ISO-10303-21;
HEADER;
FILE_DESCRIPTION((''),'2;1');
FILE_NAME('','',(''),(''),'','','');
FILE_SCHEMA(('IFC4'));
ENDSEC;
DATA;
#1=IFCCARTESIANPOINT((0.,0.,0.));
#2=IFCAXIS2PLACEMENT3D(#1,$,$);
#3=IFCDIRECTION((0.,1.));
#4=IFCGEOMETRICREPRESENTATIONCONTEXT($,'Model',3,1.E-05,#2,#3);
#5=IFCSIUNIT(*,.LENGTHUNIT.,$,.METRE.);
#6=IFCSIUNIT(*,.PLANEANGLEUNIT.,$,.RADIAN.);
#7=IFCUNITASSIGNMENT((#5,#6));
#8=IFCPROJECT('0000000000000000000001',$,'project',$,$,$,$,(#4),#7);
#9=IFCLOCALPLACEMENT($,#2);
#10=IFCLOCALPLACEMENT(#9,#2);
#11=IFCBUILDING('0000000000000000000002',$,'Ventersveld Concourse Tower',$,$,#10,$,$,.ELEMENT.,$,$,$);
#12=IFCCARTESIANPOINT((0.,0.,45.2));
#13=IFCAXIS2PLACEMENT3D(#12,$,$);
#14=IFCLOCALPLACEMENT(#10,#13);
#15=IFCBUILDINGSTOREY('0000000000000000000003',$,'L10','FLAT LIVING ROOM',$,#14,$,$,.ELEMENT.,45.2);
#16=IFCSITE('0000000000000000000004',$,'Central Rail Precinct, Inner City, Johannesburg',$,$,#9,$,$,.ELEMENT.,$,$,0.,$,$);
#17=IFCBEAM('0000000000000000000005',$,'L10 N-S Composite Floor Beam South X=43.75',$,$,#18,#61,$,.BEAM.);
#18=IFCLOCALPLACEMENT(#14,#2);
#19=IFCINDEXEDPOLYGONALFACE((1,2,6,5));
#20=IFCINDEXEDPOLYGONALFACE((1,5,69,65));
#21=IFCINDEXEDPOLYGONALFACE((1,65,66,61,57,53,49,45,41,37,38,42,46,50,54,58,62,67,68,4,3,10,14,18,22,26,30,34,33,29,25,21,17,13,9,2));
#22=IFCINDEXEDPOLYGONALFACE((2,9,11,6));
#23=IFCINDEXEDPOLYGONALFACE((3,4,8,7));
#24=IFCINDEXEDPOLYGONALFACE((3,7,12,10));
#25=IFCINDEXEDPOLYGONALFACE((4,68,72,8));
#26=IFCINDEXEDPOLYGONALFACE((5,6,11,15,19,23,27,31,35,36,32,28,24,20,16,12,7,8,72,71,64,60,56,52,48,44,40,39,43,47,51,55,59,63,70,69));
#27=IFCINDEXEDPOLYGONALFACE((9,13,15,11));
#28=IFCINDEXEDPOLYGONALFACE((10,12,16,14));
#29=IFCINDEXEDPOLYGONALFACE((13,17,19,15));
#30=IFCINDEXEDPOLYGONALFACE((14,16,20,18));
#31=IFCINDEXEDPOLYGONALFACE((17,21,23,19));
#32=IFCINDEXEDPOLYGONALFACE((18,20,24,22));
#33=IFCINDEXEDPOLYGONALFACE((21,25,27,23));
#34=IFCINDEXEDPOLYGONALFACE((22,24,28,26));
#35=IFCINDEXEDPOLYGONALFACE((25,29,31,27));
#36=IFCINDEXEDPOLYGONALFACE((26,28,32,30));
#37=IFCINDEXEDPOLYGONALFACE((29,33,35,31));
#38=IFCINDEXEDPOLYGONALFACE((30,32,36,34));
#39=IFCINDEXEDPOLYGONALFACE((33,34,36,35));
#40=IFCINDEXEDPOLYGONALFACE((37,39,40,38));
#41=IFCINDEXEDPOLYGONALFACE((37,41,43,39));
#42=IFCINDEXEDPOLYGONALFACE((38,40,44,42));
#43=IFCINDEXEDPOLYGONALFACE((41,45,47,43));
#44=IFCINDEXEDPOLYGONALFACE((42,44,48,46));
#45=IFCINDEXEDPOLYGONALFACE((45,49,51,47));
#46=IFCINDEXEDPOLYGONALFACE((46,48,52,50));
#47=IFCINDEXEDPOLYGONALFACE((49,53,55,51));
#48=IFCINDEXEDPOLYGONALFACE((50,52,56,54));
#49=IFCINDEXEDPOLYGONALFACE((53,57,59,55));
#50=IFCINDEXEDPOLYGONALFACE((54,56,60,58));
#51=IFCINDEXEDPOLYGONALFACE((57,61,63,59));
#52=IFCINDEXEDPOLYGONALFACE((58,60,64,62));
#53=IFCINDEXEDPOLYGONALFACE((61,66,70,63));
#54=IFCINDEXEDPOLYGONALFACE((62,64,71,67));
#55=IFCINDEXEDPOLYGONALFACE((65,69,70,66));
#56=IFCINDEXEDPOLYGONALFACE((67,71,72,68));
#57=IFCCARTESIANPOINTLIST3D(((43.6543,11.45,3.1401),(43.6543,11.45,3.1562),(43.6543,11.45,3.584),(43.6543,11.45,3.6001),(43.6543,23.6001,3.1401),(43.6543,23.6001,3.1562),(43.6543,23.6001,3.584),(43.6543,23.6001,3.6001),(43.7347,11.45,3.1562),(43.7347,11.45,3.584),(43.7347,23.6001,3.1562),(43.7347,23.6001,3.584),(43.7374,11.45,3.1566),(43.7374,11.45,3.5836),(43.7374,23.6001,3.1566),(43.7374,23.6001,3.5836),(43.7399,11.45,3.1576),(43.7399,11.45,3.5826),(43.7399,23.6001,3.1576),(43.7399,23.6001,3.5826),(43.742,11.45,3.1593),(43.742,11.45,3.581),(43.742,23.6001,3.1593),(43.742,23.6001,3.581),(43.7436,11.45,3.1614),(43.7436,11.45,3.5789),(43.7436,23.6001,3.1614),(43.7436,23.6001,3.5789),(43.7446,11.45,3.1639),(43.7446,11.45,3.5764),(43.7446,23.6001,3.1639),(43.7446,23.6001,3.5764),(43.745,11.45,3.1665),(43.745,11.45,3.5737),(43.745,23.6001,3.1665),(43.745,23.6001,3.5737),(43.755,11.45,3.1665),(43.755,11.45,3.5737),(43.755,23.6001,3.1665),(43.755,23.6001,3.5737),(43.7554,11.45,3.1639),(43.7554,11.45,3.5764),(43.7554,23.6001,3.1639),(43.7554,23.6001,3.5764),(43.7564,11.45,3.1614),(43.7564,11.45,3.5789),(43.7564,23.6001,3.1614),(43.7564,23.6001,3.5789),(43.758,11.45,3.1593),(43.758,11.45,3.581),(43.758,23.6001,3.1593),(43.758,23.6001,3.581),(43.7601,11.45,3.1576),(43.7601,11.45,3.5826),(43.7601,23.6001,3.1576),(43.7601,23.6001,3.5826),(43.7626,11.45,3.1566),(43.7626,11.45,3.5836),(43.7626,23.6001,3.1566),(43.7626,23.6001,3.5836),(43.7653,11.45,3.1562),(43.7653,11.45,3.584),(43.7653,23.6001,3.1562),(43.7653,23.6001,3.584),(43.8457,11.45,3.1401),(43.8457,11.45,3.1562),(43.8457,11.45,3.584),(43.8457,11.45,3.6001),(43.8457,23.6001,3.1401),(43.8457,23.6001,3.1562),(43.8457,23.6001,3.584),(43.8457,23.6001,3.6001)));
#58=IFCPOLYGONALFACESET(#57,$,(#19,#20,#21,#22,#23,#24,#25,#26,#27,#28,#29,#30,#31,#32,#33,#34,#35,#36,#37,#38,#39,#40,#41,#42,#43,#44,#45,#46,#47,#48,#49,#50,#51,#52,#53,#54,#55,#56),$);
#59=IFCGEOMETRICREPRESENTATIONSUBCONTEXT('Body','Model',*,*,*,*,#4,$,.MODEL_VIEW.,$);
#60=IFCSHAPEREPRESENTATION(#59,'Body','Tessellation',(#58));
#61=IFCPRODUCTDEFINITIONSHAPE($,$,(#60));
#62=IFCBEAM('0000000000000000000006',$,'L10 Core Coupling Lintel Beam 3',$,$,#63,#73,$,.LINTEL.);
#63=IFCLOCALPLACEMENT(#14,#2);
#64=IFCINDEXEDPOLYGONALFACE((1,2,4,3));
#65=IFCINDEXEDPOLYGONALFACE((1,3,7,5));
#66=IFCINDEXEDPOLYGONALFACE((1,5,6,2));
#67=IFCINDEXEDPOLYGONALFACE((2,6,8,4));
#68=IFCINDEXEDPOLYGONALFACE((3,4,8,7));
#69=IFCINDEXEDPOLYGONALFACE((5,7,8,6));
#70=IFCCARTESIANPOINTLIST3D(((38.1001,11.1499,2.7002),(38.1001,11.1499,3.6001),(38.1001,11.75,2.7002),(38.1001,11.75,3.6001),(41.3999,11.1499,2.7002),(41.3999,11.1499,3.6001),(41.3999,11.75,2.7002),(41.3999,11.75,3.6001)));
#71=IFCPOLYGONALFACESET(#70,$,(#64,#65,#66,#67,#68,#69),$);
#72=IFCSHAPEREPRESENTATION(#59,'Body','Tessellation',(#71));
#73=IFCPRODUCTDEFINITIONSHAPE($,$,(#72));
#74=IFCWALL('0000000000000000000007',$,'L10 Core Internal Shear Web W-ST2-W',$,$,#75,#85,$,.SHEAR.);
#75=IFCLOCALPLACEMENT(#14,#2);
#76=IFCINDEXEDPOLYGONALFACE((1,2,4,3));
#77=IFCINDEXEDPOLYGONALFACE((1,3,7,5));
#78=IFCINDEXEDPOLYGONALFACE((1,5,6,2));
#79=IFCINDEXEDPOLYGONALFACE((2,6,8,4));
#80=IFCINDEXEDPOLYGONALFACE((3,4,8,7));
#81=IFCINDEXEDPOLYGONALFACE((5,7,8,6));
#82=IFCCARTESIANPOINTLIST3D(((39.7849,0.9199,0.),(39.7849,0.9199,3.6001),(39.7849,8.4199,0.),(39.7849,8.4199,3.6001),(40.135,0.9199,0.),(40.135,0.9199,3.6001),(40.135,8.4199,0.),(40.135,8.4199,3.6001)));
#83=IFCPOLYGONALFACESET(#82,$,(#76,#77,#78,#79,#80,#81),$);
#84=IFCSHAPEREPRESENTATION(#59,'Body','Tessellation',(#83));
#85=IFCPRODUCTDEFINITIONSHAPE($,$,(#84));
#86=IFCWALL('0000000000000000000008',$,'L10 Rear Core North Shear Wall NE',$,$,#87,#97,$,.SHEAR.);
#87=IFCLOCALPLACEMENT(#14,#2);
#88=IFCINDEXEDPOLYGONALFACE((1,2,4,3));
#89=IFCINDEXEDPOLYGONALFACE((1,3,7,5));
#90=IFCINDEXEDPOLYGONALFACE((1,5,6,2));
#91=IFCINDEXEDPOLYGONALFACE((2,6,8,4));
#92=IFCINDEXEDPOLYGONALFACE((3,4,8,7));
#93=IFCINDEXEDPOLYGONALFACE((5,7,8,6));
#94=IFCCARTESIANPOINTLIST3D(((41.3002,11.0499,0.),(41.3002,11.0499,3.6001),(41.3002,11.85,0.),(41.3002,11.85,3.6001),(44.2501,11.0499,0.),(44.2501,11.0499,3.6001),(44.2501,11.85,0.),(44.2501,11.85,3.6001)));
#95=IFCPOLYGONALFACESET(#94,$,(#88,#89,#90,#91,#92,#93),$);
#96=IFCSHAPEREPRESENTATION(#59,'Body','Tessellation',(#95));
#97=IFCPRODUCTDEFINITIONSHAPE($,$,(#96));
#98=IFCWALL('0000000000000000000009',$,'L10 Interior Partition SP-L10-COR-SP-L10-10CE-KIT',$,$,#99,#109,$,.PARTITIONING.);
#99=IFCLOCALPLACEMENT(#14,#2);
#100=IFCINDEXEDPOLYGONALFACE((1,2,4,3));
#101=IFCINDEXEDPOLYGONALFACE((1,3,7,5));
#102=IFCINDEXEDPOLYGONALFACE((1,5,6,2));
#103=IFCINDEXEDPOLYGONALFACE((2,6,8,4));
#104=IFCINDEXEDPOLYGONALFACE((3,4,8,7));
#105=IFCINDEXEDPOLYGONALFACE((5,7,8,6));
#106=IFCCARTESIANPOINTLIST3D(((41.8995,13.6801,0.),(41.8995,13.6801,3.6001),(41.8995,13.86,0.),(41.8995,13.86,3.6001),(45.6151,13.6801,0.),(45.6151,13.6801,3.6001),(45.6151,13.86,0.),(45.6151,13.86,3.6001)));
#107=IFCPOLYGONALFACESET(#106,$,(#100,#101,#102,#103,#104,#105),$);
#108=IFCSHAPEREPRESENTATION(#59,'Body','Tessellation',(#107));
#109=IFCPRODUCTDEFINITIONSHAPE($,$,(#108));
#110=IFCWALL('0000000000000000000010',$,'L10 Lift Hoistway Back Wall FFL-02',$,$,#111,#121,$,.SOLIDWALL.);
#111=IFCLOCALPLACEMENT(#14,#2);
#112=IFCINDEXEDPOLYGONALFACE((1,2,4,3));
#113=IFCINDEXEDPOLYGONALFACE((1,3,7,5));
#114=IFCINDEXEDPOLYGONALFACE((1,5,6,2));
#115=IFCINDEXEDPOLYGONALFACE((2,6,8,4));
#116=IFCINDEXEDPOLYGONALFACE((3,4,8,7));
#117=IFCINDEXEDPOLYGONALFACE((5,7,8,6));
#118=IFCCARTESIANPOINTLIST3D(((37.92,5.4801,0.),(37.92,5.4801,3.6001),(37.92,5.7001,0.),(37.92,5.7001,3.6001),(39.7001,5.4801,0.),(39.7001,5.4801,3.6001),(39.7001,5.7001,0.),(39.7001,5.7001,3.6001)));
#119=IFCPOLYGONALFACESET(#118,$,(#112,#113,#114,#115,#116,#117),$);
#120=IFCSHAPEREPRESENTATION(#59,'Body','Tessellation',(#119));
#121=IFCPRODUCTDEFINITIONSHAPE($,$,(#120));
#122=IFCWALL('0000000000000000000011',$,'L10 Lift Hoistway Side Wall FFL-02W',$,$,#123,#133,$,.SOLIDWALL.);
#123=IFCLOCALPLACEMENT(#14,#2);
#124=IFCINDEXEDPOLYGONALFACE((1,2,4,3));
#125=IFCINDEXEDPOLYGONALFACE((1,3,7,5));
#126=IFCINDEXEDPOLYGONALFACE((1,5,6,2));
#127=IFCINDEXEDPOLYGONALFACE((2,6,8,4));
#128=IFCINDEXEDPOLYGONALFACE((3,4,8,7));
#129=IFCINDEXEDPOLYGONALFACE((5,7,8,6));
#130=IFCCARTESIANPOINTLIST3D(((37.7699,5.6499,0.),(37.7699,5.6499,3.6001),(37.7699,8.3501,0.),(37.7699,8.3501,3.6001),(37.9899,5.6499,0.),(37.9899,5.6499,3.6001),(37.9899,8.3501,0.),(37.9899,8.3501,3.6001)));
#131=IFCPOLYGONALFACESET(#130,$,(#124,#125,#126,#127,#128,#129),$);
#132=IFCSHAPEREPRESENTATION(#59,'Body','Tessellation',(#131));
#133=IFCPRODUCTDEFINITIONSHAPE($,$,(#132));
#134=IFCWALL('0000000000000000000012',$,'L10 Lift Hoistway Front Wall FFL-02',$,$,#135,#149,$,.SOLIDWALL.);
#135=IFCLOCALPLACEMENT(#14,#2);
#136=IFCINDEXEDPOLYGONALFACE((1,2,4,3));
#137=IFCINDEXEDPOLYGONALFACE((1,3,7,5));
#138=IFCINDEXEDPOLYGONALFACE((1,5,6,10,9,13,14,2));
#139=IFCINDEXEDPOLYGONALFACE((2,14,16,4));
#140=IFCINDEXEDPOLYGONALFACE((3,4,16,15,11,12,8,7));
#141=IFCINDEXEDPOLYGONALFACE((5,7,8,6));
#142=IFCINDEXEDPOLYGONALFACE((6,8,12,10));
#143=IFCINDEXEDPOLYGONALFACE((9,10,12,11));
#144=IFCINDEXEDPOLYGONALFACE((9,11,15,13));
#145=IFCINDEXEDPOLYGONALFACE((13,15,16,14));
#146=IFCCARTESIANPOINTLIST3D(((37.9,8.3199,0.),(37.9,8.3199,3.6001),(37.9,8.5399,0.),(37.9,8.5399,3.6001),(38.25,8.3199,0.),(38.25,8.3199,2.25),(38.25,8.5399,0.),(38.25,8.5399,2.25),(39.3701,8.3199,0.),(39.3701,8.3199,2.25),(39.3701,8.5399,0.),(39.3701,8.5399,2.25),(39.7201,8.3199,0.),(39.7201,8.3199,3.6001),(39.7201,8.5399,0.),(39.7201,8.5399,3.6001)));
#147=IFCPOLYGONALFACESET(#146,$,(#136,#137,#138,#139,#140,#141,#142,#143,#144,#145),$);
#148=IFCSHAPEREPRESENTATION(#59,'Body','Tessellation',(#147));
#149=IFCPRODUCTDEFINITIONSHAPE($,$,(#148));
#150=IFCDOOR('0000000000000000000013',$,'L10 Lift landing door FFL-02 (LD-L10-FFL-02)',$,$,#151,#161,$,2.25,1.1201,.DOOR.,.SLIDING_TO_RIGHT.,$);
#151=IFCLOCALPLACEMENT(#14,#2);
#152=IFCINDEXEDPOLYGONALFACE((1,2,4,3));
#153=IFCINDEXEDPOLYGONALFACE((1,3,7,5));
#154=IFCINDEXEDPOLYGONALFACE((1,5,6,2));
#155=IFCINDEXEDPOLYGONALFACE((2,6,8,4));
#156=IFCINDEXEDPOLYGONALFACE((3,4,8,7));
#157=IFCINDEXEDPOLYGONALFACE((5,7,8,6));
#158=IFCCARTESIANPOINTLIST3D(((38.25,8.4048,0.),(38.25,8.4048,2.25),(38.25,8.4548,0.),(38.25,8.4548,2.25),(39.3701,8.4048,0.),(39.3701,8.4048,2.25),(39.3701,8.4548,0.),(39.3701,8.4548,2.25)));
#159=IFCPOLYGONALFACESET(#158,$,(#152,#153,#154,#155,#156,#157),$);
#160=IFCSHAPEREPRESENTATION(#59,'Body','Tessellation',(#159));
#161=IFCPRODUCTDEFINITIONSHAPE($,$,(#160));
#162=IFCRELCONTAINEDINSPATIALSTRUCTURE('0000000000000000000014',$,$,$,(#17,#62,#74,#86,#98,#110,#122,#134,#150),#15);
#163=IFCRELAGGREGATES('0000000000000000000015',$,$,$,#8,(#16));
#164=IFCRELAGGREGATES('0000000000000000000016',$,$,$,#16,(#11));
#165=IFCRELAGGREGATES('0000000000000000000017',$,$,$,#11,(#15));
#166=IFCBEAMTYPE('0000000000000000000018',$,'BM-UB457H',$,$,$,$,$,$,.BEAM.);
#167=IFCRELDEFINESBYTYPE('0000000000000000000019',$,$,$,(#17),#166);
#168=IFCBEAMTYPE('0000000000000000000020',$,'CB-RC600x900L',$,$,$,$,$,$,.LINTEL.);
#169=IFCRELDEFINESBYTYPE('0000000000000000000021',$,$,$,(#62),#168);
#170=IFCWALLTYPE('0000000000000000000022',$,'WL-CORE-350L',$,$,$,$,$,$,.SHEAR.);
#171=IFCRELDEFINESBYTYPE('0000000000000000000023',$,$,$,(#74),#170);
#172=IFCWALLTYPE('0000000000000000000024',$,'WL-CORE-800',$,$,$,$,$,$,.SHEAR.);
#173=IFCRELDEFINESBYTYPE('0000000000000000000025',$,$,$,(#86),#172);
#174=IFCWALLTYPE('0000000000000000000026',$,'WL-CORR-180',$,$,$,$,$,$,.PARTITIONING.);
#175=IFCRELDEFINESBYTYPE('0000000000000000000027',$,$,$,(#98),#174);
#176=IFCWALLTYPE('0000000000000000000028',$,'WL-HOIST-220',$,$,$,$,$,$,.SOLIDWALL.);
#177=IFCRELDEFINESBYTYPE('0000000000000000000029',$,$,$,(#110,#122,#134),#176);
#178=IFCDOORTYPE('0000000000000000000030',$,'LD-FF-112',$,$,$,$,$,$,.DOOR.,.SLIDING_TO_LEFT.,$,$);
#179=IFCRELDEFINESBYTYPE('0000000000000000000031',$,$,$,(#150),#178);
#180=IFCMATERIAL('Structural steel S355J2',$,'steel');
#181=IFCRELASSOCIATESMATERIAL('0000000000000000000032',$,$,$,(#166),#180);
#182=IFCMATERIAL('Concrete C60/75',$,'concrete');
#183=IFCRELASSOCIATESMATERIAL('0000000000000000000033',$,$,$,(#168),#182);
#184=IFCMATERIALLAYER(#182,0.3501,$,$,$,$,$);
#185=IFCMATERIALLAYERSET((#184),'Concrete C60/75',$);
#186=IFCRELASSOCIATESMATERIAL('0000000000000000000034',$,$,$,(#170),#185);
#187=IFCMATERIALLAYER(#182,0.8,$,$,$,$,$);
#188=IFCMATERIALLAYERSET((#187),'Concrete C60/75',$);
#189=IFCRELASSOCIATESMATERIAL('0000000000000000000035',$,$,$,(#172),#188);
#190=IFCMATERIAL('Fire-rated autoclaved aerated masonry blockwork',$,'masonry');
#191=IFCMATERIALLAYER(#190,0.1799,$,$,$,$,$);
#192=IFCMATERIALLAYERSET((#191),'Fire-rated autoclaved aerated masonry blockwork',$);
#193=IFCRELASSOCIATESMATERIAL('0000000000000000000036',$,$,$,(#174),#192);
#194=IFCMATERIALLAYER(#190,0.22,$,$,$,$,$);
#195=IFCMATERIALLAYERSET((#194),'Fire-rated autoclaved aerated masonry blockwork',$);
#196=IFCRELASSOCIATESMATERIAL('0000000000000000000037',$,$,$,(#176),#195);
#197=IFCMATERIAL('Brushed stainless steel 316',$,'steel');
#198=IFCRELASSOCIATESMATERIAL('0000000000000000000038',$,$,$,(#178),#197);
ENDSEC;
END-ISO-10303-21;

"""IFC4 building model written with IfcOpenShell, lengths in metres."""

from ifc_helpers import new_model, si_unit, direction, frame, frame_2d, origin, origin_2d, place, context, subcontext, project, spatial, rectangle, i_section, extrude, material, layer, layer_set, material_profile, profile_set, type_object, element, fill, save


model = new_model("IFC4")

# Units and contexts
model_context = context("Model", 3, precision=1e-05, world=origin(), true_north=direction((0.0, 1.0)))
body_context = subcontext(model_context, "Body", "Model", "MODEL_VIEW")
ifc_project = project(units=[si_unit("LENGTHUNIT", "METRE"), si_unit("PLANEANGLEUNIT", "RADIAN")], contexts=[model_context])

# Site, building, storey
site_placement = place(None, origin())
site = spatial("IfcSite", under=ifc_project, at=site_placement, Name="Central Rail Precinct, Inner City, Johannesburg", CompositionType="ELEMENT", RefElevation=0.0)
building_placement = place(site_placement, origin())
building = spatial("IfcBuilding", under=site, at=building_placement, Name="Ventersveld Concourse Tower", CompositionType="ELEMENT")
storey_placement = place(building_placement, frame((0.0, 0.0, 45.2)))
storey = spatial("IfcBuildingStorey", under=building, at=storey_placement, Name="L10", Description="FLAT LIVING ROOM", CompositionType="ELEMENT", Elevation=45.2)

# Beams
ifc_material_1 = material(Name="Structural steel S355J2", Category="steel")
ifc_material_profile_1 = material_profile(ifc_material_1, i_section(OverallWidth=0.1914, OverallDepth=0.46, WebThickness=0.01, FlangeThickness=0.0161, FilletRadius=0.0103, at=origin_2d()), Name="UB 457x191x82")
ifc_profile_set_1 = profile_set([ifc_material_profile_1], Name="Structural steel S355J2")
beam_type_1 = type_object("IfcBeamType", Name="BM-UB457H", PredefinedType="BEAM", material=ifc_profile_set_1)
beam_1_placement = place(storey_placement, frame((43.75, 11.45, 3.3701), z_axis=(0.0, 1.0, 0.0), x_axis=(-1.0, 0.0, 0.0)))
element("IfcBeam", 1, at=beam_1_placement, inside=storey, type_object=beam_type_1, Name="L10 N-S Composite Floor Beam South X=43.75", PredefinedType="BEAM", context=body_context, shape_type="SweptSolid", body=[
    extrude(i_section(OverallWidth=0.1914, OverallDepth=0.46, WebThickness=0.01, FlangeThickness=0.0161, FilletRadius=0.0103, at=origin_2d()), origin(), (0.0, 0.0, 1.0), 12.1501),
])
ifc_material_2 = material(Name="Concrete C60/75", Category="concrete")
ifc_material_profile_2 = material_profile(ifc_material_2, rectangle(XDim=0.6001, YDim=0.8999, at=origin_2d()), Name="RC 600x900")
ifc_profile_set_2 = profile_set([ifc_material_profile_2], Name="Concrete C60/75")
beam_type_2 = type_object("IfcBeamType", Name="CB-RC600x900L", PredefinedType="LINTEL", material=ifc_profile_set_2)
beam_2_placement = place(storey_placement, frame((38.1001, 11.45, 3.1501), z_axis=(1.0, 0.0, 0.0), x_axis=(0.0, 1.0, 0.0)))
element("IfcBeam", 2, at=beam_2_placement, inside=storey, type_object=beam_type_2, Name="L10 Core Coupling Lintel Beam 3", PredefinedType="LINTEL", context=body_context, shape_type="SweptSolid", body=[
    extrude(rectangle(XDim=0.6001, YDim=0.8999, at=origin_2d()), origin(), (0.0, 0.0, 1.0), 3.2998),
])

# Walls
ifc_layer_1 = layer(ifc_material_2, 0.3501)
ifc_layer_set_1 = layer_set([ifc_layer_1], Name="Concrete C60/75")
wall_type_1 = type_object("IfcWallType", Name="WL-CORE-350L", PredefinedType="SHEAR", material=ifc_layer_set_1)
wall_1_placement = place(storey_placement, frame((39.96, 0.9199, 0.0), z_axis=(0.0, 0.0, 1.0), x_axis=(0.0, 1.0, 0.0)))
element("IfcWall", 3, at=wall_1_placement, inside=storey, type_object=wall_type_1, Name="L10 Core Internal Shear Web W-ST2-W", PredefinedType="SHEAR", context=body_context, shape_type="SweptSolid", body=[
    extrude(rectangle(XDim=7.5, YDim=0.3501, at=frame_2d((3.75, 0.0))), origin(), (0.0, 0.0, 1.0), 3.6001),
])
ifc_layer_2 = layer(ifc_material_2, 0.8)
ifc_layer_set_2 = layer_set([ifc_layer_2], Name="Concrete C60/75")
wall_type_2 = type_object("IfcWallType", Name="WL-CORE-800", PredefinedType="SHEAR", material=ifc_layer_set_2)
wall_2_placement = place(storey_placement, frame((41.3, 11.45, 0.0), z_axis=(0.0, 0.0, 1.0), x_axis=(1.0, 0.0, 0.0)))
element("IfcWall", 4, at=wall_2_placement, inside=storey, type_object=wall_type_2, Name="L10 Rear Core North Shear Wall NE", PredefinedType="SHEAR", context=body_context, shape_type="SweptSolid", body=[
    extrude(rectangle(XDim=2.95, YDim=0.8, at=frame_2d((1.4751, 0.0))), origin(), (0.0, 0.0, 1.0), 3.6001),
])
ifc_material_3 = material(Name="Fire-rated autoclaved aerated masonry blockwork", Category="masonry")
ifc_layer_3 = layer(ifc_material_3, 0.1799)
ifc_layer_set_3 = layer_set([ifc_layer_3], Name="Fire-rated autoclaved aerated masonry blockwork")
wall_type_3 = type_object("IfcWallType", Name="WL-CORR-180", PredefinedType="PARTITIONING", material=ifc_layer_set_3)
wall_3_placement = place(storey_placement, frame((41.8994, 13.77, 0.0), z_axis=(0.0, 0.0, 1.0), x_axis=(1.0, 0.0, 0.0)))
element("IfcWall", 5, at=wall_3_placement, inside=storey, type_object=wall_type_3, Name="L10 Interior Partition SP-L10-COR-SP-L10-10CE-KIT", PredefinedType="PARTITIONING", context=body_context, shape_type="SweptSolid", body=[
    extrude(rectangle(XDim=3.7156, YDim=0.1799, at=frame_2d((1.8579, 0.0))), origin(), (0.0, 0.0, 1.0), 3.6001),
])
ifc_layer_4 = layer(ifc_material_3, 0.22)
ifc_layer_set_4 = layer_set([ifc_layer_4], Name="Fire-rated autoclaved aerated masonry blockwork")
wall_type_4 = type_object("IfcWallType", Name="WL-HOIST-220", PredefinedType="SOLIDWALL", material=ifc_layer_set_4)
wall_4_placement = place(storey_placement, frame((37.9199, 5.5901, 0.0), z_axis=(0.0, 0.0, 1.0), x_axis=(1.0, 0.0, 0.0)))
element("IfcWall", 6, at=wall_4_placement, inside=storey, type_object=wall_type_4, Name="L10 Lift Hoistway Back Wall FFL-02", PredefinedType="SOLIDWALL", context=body_context, shape_type="SweptSolid", body=[
    extrude(rectangle(XDim=1.78, YDim=0.22, at=frame_2d((0.8901, 0.0))), origin(), (0.0, 0.0, 1.0), 3.6001),
])
wall_5_placement = place(storey_placement, frame((37.8799, 5.6499, 0.0), z_axis=(0.0, 0.0, 1.0), x_axis=(0.0, 1.0, 0.0)))
element("IfcWall", 7, at=wall_5_placement, inside=storey, type_object=wall_type_4, Name="L10 Lift Hoistway Side Wall FFL-02W", PredefinedType="SOLIDWALL", context=body_context, shape_type="SweptSolid", body=[
    extrude(rectangle(XDim=2.7002, YDim=0.22, at=frame_2d((1.3501, 0.0))), origin(), (0.0, 0.0, 1.0), 3.6001),
])

# Wall, opening, door
wall_6_placement = place(storey_placement, frame((37.8999, 8.4299, 0.0), z_axis=(0.0, 0.0, 1.0), x_axis=(1.0, 0.0, 0.0)))
wall_6 = element("IfcWall", 8, at=wall_6_placement, inside=storey, type_object=wall_type_4, Name="L10 Lift Hoistway Front Wall FFL-02", PredefinedType="SOLIDWALL", context=body_context, shape_type="SweptSolid", body=[
    extrude(rectangle(XDim=1.8201, YDim=0.22, at=frame_2d((0.9102, 0.0))), origin(), (0.0, 0.0, 1.0), 3.6001),
])
opening_1_placement = place(wall_6_placement, frame((0.3501, 0.0, 0.0)))
opening_1 = element("IfcOpeningElement", 9, at=opening_1_placement, cuts=wall_6, PredefinedType="OPENING", context=body_context, shape_type="SweptSolid", body=[
    extrude(rectangle(XDim=1.1201, YDim=2.25, at=frame_2d((0.5601, 1.125))), frame((0.0, 0.1201, 0.0), z_axis=(0.0, -1.0, 0.0), x_axis=(1.0, 0.0, 0.0)), (0.0, 0.0, 1.0), 0.24),
])
ifc_material_4 = material(Name="Brushed stainless steel 316", Category="steel")
door_type_1 = type_object("IfcDoorType", Name="LD-FF-112", OperationType="SLIDING_TO_LEFT", PredefinedType="DOOR", material=ifc_material_4)
door_1_placement = place(opening_1_placement, origin())
door_1 = element("IfcDoor", 10, at=door_1_placement, inside=storey, type_object=door_type_1, Name="L10 Lift landing door FFL-02 (LD-L10-FFL-02)", OperationType="SLIDING_TO_RIGHT", OverallHeight=2.25, OverallWidth=1.1201, PredefinedType="DOOR", context=body_context, shape_type="SweptSolid", body=[
    extrude(rectangle(XDim=1.1201, YDim=2.25, at=frame_2d((0.5601, 1.125))), frame((0.0, 0.0249, 0.0), z_axis=(0.0, -1.0, 0.0), x_axis=(1.0, 0.0, 0.0)), (0.0, 0.0, 1.0), 0.05),
])
fill(opening_1, door_1)

save(model, "model.ifc")
